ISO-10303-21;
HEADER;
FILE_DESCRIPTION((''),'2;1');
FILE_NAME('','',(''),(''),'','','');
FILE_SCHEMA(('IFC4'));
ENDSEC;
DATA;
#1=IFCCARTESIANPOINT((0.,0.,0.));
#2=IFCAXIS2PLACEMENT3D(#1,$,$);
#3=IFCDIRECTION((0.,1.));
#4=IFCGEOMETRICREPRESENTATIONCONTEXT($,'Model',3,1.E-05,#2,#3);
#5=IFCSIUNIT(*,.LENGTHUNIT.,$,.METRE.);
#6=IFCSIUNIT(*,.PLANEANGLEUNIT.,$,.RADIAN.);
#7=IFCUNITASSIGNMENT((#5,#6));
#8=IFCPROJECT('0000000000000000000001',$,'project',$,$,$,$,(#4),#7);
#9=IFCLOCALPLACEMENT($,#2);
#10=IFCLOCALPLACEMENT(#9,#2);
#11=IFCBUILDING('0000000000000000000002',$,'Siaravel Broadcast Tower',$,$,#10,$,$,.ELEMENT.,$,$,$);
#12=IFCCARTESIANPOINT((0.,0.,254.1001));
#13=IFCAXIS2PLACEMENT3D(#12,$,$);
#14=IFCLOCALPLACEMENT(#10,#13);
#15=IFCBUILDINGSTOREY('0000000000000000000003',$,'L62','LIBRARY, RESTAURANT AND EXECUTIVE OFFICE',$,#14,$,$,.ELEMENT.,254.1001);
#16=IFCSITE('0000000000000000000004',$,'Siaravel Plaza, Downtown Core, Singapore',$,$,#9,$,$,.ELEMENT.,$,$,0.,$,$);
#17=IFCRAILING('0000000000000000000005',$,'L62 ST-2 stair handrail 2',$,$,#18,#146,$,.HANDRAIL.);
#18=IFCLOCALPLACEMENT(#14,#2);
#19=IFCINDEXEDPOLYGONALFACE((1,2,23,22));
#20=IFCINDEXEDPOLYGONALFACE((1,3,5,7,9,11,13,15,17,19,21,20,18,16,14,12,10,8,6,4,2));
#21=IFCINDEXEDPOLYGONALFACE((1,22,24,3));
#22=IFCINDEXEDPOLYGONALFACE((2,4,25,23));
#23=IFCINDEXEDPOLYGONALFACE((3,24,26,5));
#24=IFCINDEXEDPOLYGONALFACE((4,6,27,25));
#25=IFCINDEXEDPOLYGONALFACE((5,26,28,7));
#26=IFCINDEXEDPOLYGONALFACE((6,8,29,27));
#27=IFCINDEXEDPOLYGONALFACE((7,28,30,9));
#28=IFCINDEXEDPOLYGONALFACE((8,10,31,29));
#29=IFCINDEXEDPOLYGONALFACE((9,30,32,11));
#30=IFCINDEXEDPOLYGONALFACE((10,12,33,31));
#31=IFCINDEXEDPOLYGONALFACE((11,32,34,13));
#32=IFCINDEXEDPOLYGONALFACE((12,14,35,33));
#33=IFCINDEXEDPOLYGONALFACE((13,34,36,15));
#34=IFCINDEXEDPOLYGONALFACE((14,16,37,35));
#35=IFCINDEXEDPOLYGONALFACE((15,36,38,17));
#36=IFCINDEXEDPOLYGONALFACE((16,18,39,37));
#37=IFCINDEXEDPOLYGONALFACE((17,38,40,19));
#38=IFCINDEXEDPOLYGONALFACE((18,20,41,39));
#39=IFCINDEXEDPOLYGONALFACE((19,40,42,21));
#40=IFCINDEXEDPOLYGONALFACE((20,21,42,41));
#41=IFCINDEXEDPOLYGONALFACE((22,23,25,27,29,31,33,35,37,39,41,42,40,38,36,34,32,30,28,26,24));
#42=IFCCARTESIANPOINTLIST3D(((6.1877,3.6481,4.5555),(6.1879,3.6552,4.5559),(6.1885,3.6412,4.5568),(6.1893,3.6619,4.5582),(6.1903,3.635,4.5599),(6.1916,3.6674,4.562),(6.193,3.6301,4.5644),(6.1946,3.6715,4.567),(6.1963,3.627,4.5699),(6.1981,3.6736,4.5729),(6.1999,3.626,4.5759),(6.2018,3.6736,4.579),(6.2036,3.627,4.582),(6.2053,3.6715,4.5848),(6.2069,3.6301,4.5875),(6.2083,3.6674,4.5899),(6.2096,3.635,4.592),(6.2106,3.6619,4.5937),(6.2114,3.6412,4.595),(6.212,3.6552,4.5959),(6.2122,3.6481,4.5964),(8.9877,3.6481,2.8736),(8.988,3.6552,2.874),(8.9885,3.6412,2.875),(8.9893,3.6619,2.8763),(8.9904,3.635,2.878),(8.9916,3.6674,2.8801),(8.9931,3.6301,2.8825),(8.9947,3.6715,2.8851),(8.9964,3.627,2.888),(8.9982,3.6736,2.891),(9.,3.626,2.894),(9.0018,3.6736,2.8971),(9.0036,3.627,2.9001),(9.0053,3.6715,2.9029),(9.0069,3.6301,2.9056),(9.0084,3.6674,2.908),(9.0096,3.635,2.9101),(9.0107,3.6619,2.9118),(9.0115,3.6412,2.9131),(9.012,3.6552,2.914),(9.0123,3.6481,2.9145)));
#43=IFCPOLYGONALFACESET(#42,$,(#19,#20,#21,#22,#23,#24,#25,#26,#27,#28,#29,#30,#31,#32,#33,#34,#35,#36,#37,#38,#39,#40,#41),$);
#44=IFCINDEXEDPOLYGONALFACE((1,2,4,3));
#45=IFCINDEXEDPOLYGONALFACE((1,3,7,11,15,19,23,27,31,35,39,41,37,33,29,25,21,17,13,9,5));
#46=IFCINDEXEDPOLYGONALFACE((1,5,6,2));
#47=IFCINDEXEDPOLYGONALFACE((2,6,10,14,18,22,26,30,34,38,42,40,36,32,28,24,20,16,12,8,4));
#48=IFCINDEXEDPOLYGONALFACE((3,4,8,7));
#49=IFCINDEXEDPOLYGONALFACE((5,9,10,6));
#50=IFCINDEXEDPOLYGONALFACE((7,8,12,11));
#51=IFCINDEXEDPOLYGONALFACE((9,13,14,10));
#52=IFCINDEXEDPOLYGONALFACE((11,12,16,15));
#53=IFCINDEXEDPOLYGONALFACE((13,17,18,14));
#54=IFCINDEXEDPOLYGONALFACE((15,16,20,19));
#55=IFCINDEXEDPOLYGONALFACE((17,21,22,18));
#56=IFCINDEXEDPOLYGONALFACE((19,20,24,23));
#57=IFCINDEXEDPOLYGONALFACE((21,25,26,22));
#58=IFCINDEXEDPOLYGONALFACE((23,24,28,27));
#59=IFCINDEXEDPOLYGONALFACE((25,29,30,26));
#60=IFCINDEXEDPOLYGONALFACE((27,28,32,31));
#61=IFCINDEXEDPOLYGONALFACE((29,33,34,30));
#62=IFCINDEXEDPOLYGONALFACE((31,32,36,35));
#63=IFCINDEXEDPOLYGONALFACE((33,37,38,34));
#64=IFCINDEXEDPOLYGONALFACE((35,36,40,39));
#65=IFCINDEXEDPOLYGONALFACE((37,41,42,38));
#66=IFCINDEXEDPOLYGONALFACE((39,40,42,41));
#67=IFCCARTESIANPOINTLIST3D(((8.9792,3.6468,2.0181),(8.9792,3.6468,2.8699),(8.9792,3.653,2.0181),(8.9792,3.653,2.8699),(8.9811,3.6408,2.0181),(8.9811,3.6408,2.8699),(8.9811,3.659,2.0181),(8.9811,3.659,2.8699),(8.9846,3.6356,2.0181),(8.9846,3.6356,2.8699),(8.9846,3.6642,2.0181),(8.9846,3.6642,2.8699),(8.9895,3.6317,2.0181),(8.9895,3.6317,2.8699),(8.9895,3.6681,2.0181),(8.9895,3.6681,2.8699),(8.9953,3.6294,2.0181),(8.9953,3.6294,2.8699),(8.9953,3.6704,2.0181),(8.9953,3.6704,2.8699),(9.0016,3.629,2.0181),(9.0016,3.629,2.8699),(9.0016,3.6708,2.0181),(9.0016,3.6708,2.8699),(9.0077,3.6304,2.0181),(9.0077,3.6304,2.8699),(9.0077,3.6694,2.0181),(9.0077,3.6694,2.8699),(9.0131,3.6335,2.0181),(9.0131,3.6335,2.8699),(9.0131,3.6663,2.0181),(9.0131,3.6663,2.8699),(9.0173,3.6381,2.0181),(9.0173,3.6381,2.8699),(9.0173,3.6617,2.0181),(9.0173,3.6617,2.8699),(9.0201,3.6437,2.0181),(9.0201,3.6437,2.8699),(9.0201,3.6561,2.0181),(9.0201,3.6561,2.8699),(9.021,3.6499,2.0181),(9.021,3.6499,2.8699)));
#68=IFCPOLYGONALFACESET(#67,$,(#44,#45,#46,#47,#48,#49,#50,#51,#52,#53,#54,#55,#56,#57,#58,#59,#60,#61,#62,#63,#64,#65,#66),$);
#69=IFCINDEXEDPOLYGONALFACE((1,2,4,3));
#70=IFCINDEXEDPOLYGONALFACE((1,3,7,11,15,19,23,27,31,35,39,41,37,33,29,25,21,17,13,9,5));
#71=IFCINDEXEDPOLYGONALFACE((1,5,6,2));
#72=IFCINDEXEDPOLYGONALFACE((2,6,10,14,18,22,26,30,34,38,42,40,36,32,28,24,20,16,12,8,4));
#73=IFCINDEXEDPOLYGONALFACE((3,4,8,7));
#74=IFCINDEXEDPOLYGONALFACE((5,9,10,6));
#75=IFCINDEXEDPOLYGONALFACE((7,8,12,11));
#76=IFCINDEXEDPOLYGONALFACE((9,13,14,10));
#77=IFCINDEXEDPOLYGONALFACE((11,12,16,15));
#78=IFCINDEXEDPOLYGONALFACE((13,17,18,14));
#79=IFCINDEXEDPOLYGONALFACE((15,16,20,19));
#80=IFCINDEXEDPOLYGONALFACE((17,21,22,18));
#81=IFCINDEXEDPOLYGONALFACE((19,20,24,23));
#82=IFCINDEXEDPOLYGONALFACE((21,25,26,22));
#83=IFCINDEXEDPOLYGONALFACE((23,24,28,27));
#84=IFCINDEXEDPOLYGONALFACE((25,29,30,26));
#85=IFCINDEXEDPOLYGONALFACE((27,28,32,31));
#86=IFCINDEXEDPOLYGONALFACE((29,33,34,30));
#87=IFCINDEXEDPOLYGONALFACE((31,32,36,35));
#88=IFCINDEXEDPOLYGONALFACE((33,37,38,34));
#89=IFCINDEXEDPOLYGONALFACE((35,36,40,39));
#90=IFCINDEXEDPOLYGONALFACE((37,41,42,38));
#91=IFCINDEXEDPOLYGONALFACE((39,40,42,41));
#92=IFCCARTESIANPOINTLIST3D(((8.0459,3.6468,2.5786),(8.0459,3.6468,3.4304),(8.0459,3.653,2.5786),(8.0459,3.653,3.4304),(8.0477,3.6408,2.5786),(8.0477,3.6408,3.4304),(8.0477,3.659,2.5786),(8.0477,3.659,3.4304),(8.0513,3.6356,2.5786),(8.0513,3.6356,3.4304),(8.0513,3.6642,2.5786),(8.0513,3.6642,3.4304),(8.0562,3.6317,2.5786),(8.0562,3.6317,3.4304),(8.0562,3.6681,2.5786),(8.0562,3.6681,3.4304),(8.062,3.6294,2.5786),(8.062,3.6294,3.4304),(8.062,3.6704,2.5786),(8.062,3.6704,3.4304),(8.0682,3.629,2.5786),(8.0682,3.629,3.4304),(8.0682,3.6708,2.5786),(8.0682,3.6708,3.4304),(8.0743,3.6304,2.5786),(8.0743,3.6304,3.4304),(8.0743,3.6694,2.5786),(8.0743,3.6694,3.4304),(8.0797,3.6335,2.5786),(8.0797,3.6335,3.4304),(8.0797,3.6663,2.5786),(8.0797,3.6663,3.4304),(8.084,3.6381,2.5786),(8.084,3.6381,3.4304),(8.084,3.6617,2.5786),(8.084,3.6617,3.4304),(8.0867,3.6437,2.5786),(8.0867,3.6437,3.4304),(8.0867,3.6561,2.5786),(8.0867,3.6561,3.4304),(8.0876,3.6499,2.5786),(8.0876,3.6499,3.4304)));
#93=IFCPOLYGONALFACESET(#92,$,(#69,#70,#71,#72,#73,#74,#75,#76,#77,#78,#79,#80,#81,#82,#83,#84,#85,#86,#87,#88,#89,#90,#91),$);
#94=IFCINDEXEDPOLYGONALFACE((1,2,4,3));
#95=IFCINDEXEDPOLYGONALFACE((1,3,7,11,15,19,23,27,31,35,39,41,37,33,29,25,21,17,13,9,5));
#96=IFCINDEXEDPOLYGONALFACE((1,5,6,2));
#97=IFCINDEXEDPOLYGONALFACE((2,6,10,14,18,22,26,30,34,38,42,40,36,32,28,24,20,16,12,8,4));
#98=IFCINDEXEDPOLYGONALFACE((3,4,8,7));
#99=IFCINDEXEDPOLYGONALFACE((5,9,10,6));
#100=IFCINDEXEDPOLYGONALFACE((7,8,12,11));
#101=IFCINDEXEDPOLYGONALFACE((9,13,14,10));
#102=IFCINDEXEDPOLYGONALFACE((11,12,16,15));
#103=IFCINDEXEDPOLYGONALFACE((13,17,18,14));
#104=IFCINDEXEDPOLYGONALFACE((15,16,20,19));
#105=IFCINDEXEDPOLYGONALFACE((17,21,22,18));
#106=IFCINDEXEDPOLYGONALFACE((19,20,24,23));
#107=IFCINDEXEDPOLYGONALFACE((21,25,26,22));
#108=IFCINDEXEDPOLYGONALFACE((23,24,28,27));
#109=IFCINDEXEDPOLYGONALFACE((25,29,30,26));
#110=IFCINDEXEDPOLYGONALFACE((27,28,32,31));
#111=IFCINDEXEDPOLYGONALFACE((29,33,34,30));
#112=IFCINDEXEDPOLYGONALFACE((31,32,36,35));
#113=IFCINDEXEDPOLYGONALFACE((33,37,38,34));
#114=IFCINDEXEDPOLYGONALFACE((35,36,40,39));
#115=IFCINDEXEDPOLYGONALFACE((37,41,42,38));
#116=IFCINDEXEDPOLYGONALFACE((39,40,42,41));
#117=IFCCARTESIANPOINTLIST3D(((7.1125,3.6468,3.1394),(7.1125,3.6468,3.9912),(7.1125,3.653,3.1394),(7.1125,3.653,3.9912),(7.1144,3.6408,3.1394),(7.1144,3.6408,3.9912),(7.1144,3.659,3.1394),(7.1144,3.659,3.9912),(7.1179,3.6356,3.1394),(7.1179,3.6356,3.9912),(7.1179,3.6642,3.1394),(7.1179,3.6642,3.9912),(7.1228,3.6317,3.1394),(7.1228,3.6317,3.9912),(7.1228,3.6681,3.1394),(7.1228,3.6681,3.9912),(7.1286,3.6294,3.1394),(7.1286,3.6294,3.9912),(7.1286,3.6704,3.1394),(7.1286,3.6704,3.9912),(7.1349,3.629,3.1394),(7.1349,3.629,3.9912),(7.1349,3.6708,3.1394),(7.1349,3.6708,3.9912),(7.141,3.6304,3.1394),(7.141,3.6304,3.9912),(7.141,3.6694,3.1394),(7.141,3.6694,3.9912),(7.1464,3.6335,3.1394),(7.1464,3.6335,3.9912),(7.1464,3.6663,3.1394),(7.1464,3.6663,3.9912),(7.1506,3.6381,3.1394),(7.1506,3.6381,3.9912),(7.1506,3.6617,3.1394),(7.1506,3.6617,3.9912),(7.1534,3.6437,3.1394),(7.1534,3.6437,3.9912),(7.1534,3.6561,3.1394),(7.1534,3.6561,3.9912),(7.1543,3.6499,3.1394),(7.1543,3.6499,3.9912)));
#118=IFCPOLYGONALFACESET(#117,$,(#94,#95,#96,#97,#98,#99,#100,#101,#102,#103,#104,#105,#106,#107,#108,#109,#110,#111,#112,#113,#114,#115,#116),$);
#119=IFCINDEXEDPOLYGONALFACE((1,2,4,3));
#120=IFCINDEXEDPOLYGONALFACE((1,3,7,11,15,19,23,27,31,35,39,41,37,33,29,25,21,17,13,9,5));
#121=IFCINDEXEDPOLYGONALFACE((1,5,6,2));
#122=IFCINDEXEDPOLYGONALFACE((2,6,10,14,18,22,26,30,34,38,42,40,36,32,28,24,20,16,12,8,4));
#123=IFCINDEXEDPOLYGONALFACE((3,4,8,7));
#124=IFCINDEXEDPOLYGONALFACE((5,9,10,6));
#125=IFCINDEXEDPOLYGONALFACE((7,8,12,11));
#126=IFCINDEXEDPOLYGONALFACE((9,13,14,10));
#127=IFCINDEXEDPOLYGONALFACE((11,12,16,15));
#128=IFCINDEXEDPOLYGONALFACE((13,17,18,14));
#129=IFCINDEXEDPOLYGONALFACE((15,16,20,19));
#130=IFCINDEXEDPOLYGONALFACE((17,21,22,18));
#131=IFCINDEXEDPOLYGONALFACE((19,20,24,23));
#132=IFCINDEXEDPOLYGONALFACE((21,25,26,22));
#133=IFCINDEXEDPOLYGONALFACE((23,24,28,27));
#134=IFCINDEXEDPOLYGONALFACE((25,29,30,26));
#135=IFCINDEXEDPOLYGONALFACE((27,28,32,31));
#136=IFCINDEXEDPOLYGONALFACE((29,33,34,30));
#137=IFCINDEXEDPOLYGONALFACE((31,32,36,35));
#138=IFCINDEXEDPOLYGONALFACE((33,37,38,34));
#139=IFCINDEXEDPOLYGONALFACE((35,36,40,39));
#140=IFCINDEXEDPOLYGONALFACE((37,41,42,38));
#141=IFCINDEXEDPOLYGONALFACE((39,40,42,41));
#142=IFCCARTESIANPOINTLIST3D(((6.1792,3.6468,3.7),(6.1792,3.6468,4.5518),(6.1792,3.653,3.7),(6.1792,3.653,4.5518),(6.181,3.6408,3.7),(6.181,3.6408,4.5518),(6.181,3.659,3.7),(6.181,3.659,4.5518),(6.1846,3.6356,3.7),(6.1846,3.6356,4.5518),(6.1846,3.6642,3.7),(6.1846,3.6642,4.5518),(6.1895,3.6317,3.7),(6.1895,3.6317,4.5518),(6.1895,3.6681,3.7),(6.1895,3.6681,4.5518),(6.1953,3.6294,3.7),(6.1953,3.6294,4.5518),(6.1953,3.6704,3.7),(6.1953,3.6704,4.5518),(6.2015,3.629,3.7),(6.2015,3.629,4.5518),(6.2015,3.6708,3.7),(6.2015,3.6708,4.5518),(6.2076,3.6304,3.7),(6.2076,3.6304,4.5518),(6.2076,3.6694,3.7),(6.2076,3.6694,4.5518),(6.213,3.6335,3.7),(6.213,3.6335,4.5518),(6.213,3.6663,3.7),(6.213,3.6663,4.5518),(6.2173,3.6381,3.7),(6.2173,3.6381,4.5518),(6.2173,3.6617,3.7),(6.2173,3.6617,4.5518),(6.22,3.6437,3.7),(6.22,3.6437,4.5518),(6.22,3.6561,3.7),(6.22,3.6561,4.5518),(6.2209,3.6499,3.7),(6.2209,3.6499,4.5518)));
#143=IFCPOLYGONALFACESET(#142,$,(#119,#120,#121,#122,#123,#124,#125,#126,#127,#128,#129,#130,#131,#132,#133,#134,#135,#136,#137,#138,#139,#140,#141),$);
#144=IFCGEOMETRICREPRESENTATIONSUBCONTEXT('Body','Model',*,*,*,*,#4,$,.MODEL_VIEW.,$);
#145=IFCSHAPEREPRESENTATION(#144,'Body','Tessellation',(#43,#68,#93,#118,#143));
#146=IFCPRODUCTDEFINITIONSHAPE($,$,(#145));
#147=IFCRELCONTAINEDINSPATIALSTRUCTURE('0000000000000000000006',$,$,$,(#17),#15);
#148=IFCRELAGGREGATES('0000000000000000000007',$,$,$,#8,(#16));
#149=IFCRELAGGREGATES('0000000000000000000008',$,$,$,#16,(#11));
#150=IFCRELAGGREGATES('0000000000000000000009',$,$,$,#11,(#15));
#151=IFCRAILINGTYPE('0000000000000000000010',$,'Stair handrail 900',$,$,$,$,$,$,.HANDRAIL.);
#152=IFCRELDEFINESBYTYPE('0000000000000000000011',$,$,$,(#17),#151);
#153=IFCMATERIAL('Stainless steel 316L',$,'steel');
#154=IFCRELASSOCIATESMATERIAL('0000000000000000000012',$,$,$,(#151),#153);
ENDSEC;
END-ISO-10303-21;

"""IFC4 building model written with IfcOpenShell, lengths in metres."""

from ifc_helpers import new_model, si_unit, direction, frame, origin, origin_2d, place, context, subcontext, project, spatial, circle, extrude, material, type_object, element, save


model = new_model("IFC4")

# Units and contexts
model_context = context("Model", 3, precision=1e-05, world=origin(), true_north=direction((0.0, 1.0)))
body_context = subcontext(model_context, "Body", "Model", "MODEL_VIEW")
ifc_project = project(units=[si_unit("LENGTHUNIT", "METRE"), si_unit("PLANEANGLEUNIT", "RADIAN")], contexts=[model_context])

# Site, building, storey
site_placement = place(None, origin())
site = spatial("IfcSite", under=ifc_project, at=site_placement, Name="Siaravel Plaza, Downtown Core, Singapore", CompositionType="ELEMENT", RefElevation=0.0)
building_placement = place(site_placement, origin())
building = spatial("IfcBuilding", under=site, at=building_placement, Name="Siaravel Broadcast Tower", CompositionType="ELEMENT")
storey_placement = place(building_placement, frame((0.0, 0.0, 254.1001)))
storey = spatial("IfcBuildingStorey", under=building, at=storey_placement, Name="L62", Description="LIBRARY, RESTAURANT AND EXECUTIVE OFFICE", CompositionType="ELEMENT", Elevation=254.1001)

# Railing
ifc_material_1 = material(Name="Stainless steel 316L", Category="steel")
railing_type_1 = type_object("IfcRailingType", Name="Stair handrail 900", PredefinedType="HANDRAIL", material=ifc_material_1)
railing_1_placement = place(storey_placement, frame((9.0, 3.6499, 2.0181)))
element("IfcRailing", 1, at=railing_1_placement, inside=storey, type_object=railing_type_1, Name="L62 ST-2 stair handrail 2", PredefinedType="HANDRAIL", context=body_context, shape_type="SweptSolid", body=[
    extrude(circle(Radius=0.0239, at=origin_2d()), frame((0.0, 0.0, 0.876), z_axis=(-0.857242, 0.0, 0.514913), x_axis=(0.0, -1.0, 0.0)), (0.0, 0.0, 1.0), 3.2664),
    extrude(circle(Radius=0.021, at=origin_2d()), origin(), (0.0, 0.0, 1.0), 0.8518),
    extrude(circle(Radius=0.021, at=origin_2d()), frame((-0.9333, 0.0, 0.5605)), (0.0, 0.0, 1.0), 0.8518),
    extrude(circle(Radius=0.021, at=origin_2d()), frame((-1.8667, 0.0, 1.1213)), (0.0, 0.0, 1.0), 0.8518),
    extrude(circle(Radius=0.021, at=origin_2d()), frame((-2.8, 0.0, 1.6819)), (0.0, 0.0, 1.0), 0.8518),
])

save(model, "model.ifc")
